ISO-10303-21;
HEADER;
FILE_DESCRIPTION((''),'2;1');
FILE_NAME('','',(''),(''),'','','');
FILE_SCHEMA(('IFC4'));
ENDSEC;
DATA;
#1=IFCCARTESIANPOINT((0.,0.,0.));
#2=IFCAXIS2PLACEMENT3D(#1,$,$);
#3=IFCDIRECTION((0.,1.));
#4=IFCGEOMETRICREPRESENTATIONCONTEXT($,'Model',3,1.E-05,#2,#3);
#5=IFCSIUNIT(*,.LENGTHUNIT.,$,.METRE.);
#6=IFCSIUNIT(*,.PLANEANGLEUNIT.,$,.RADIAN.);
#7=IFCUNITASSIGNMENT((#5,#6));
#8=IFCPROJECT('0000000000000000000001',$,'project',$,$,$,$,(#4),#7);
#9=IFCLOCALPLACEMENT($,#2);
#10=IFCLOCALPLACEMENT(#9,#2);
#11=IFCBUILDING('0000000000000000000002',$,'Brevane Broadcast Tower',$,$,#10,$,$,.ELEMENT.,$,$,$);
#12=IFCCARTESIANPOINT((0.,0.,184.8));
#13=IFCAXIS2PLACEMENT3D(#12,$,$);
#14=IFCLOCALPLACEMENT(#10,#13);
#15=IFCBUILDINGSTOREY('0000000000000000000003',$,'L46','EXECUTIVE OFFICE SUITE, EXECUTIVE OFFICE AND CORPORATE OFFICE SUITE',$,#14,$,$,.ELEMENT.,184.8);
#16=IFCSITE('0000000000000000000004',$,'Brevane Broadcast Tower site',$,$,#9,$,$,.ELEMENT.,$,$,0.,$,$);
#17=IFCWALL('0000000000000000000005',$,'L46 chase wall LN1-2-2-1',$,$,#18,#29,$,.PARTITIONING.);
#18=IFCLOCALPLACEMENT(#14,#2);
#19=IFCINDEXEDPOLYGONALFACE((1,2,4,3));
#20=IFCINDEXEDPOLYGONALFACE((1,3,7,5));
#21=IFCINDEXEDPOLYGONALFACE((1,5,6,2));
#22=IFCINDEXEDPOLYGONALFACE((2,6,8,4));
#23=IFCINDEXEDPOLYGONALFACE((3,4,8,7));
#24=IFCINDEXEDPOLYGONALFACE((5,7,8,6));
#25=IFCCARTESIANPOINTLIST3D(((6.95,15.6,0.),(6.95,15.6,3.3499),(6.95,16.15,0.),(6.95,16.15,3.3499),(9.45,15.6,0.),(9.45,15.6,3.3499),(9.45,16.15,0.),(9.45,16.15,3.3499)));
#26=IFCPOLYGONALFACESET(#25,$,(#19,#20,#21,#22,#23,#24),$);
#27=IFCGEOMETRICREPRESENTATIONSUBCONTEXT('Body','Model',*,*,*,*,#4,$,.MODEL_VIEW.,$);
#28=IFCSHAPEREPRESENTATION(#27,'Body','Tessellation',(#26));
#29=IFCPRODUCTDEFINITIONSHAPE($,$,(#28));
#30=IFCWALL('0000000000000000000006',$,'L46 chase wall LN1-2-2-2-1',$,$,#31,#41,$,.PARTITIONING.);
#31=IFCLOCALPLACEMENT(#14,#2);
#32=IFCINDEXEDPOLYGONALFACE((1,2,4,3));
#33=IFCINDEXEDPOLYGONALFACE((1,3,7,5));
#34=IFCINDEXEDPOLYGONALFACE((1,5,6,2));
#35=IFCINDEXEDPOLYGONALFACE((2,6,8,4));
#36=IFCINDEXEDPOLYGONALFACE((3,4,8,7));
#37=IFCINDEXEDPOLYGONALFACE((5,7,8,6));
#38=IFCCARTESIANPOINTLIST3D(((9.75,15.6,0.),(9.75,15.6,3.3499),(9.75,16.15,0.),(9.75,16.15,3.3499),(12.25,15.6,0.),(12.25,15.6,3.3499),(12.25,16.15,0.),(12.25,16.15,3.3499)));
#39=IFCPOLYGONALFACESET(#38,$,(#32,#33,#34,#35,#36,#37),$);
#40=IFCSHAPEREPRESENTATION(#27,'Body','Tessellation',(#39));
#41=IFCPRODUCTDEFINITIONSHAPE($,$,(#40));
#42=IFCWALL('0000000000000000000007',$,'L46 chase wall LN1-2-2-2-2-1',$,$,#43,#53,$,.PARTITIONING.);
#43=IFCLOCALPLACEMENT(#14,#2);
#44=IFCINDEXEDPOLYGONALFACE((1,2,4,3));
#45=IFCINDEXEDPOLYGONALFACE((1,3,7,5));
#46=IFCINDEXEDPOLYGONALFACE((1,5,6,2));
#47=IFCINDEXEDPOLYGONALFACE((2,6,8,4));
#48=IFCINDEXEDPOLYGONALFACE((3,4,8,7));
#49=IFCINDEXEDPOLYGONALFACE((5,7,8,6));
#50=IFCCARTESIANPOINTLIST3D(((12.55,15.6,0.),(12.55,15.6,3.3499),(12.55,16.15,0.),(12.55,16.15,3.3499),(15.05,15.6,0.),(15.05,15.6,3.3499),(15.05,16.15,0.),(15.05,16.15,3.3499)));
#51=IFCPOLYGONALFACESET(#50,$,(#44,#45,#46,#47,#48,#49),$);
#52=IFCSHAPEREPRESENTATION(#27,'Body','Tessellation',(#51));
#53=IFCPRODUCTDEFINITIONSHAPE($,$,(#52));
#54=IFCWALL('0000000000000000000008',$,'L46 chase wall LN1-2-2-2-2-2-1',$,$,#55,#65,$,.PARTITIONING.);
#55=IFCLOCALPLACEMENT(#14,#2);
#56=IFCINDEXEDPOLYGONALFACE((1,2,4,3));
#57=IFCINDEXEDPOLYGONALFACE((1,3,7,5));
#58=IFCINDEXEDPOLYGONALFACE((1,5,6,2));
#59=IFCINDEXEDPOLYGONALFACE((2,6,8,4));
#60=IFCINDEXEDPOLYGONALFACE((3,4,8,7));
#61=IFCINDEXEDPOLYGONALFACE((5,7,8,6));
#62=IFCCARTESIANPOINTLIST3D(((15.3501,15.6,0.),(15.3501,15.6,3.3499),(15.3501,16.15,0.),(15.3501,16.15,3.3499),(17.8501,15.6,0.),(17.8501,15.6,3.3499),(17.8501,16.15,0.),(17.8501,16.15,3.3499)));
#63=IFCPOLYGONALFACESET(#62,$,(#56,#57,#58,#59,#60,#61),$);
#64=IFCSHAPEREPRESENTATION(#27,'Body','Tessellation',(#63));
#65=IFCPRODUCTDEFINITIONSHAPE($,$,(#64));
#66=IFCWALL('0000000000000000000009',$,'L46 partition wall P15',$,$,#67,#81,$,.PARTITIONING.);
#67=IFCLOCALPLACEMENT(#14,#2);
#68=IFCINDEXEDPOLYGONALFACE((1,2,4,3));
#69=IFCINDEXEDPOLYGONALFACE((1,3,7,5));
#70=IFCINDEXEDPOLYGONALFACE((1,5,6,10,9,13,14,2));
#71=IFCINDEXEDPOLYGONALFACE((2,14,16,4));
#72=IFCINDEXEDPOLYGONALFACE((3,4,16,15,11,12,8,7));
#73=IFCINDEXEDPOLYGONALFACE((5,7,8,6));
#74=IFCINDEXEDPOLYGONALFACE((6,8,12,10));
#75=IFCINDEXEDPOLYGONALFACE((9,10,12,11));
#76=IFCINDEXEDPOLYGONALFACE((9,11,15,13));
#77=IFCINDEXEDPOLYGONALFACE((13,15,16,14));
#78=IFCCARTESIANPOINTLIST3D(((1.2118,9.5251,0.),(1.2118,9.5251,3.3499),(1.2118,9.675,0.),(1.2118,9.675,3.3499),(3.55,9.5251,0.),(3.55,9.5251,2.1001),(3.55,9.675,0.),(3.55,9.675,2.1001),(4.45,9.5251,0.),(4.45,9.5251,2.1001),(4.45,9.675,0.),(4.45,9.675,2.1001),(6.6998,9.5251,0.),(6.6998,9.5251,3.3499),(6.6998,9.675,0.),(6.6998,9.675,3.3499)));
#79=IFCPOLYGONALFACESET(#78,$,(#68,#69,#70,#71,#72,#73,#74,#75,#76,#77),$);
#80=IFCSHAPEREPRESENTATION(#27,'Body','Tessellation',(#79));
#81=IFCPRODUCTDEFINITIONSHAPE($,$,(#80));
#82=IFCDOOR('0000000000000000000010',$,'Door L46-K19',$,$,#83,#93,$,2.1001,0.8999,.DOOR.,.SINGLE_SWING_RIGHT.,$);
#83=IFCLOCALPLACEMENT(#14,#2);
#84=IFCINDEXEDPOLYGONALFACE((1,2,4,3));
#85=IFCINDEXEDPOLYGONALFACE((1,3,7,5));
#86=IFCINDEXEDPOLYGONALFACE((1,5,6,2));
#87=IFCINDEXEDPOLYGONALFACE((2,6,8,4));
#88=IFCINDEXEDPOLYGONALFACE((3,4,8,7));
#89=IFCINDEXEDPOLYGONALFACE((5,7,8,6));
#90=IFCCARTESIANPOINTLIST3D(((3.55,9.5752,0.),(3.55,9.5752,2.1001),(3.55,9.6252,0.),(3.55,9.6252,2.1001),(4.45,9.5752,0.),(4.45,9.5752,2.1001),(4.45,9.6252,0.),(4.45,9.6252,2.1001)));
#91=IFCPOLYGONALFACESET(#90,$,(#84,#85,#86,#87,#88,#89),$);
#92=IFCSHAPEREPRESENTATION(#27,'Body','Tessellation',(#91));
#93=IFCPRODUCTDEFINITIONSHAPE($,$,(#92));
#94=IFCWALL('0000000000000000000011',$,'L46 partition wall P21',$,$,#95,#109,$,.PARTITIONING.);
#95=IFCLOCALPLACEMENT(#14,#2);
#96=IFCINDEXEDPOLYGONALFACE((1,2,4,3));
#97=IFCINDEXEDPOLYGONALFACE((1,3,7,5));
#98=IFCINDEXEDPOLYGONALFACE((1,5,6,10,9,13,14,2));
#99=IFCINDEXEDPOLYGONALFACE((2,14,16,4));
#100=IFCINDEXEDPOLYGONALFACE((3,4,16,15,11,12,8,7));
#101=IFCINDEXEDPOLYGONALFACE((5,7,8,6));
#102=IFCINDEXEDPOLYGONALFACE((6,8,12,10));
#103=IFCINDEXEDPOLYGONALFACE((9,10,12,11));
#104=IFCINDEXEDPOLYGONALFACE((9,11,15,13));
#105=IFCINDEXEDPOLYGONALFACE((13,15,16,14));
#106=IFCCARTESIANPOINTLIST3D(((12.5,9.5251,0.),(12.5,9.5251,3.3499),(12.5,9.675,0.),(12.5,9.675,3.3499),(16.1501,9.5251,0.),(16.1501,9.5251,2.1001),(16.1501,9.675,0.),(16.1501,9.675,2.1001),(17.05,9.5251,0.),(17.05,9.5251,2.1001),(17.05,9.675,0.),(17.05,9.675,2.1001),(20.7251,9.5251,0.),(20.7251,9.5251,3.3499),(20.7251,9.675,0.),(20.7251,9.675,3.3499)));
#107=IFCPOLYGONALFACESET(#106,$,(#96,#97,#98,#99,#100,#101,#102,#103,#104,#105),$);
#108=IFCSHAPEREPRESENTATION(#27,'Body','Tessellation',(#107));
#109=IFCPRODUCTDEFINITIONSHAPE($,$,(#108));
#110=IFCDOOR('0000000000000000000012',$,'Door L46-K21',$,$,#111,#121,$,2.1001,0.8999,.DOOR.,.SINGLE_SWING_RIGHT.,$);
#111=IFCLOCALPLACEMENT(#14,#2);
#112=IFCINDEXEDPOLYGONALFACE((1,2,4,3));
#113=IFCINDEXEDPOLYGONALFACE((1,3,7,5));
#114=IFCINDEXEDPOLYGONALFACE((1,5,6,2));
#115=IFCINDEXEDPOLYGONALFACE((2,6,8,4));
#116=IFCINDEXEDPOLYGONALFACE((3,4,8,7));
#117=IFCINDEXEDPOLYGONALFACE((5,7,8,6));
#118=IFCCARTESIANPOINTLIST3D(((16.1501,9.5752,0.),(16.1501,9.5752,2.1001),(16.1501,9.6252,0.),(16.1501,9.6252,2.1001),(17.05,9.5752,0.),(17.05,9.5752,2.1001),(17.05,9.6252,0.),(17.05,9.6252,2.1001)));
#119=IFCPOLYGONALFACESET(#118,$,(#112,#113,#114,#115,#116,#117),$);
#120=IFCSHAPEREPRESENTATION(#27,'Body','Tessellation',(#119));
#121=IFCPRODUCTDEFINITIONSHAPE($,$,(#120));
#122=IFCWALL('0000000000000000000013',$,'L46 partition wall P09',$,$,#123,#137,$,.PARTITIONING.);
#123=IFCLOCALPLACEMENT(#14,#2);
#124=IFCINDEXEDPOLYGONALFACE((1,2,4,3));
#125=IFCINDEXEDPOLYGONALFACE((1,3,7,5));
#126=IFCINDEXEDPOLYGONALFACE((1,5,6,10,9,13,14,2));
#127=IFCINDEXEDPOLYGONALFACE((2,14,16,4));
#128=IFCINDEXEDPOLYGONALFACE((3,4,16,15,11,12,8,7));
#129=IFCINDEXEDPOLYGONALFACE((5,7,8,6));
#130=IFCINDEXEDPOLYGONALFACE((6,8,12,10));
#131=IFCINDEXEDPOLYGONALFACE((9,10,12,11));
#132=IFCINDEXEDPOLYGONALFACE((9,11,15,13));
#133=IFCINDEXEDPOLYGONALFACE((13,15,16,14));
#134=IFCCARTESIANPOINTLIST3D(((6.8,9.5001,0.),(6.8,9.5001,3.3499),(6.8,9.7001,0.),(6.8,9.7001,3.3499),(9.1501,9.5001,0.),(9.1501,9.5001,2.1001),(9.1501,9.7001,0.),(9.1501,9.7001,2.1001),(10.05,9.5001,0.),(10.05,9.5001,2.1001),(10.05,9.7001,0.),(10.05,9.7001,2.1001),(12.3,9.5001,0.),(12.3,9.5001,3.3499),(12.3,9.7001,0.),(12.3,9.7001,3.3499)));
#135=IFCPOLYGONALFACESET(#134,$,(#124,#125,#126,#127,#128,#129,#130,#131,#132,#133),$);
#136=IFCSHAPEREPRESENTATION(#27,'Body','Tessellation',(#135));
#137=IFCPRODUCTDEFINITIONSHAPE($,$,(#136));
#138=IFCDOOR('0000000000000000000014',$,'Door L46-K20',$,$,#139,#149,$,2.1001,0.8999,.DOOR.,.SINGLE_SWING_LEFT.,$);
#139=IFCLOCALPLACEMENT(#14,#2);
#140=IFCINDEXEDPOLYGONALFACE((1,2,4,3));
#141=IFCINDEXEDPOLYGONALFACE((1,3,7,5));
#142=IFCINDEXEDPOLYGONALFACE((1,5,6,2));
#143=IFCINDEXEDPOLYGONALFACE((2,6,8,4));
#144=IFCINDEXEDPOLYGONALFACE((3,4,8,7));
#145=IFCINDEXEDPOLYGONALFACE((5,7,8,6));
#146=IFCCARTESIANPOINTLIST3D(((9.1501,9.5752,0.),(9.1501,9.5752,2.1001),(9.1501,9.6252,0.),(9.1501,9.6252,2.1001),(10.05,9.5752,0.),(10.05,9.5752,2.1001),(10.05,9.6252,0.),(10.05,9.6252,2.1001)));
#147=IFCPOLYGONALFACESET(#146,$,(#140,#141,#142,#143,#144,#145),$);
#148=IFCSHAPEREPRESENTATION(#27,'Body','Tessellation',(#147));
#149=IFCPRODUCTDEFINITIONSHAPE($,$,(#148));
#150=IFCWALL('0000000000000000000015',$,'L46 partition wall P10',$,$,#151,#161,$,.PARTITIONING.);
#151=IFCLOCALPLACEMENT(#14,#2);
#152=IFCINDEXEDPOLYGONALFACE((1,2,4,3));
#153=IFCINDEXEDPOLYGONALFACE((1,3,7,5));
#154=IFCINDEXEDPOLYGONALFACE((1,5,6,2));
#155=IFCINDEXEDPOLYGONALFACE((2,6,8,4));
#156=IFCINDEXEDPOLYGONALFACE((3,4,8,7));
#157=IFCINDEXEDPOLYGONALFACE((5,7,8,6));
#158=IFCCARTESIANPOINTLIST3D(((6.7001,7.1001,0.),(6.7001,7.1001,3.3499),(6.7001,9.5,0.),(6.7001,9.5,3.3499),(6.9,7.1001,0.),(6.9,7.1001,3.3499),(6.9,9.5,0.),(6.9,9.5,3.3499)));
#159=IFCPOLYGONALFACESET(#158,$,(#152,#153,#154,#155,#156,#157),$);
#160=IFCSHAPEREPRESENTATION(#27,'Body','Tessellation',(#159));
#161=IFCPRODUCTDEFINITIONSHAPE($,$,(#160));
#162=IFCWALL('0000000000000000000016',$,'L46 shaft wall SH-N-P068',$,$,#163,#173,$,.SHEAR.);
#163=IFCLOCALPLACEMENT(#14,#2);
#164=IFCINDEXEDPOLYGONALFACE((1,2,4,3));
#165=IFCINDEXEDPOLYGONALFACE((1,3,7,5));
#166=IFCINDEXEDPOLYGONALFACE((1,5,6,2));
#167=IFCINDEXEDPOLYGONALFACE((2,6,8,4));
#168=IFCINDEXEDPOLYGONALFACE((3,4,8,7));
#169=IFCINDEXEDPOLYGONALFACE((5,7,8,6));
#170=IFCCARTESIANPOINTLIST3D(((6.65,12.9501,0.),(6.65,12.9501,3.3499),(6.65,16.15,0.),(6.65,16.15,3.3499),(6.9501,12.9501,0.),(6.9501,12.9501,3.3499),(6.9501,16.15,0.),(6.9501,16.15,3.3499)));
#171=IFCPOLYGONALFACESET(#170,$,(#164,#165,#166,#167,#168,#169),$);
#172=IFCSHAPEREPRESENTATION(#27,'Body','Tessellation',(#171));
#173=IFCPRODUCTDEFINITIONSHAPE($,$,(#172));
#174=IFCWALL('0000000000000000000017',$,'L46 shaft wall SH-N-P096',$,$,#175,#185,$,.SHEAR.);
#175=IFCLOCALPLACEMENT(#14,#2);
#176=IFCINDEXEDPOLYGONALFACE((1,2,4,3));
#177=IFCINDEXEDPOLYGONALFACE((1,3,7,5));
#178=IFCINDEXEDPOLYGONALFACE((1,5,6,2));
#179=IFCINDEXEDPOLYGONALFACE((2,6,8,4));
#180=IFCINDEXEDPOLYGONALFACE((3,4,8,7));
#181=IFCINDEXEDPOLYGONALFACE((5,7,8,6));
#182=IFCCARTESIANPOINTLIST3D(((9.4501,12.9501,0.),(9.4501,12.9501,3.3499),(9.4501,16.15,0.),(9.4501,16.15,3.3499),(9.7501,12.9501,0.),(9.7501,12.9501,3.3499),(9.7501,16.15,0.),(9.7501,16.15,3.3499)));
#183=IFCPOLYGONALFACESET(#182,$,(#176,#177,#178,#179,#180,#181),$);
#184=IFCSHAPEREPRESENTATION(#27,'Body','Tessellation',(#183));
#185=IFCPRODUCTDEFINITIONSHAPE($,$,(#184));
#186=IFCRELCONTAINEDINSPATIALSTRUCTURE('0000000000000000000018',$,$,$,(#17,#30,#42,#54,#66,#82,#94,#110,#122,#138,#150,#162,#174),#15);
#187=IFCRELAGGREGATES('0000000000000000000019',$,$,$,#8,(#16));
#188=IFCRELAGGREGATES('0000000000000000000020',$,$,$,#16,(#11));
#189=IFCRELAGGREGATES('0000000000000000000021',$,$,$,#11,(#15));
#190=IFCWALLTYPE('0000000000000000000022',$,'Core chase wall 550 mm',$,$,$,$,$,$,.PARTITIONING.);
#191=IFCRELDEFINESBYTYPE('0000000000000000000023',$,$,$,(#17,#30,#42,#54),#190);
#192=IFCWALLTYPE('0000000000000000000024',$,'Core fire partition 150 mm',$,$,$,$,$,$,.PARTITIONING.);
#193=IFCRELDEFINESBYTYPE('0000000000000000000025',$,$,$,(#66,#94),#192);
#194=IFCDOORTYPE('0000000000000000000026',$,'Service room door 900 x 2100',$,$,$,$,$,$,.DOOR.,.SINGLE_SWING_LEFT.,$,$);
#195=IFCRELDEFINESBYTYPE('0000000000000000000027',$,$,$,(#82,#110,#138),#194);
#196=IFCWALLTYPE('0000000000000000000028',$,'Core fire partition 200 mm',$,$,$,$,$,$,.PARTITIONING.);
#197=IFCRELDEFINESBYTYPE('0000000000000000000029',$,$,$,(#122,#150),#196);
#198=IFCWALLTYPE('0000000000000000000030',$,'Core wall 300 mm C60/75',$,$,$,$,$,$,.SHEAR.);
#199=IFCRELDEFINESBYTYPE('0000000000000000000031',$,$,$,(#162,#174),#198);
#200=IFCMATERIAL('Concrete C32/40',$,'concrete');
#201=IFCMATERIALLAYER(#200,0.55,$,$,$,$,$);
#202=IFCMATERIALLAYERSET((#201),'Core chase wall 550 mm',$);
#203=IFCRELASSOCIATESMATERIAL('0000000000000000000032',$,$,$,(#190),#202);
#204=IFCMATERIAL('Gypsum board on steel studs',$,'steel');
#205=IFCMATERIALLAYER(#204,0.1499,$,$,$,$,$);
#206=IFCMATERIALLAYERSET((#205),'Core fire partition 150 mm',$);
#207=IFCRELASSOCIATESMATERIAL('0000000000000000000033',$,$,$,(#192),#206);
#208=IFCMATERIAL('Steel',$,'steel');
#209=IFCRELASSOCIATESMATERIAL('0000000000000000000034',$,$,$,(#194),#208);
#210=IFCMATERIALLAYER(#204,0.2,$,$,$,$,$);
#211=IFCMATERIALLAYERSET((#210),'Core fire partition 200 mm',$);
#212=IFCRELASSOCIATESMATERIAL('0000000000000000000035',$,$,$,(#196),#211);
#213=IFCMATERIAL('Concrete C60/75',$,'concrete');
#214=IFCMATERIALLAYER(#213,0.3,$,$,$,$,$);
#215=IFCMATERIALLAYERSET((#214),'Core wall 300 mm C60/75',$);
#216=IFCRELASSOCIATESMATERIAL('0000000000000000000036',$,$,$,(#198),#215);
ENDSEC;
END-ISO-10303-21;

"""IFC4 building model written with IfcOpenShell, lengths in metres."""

from ifc_helpers import new_model, si_unit, direction, frame, frame_2d, origin, place, context, subcontext, project, spatial, rectangle, extrude, material, layer, layer_set, type_object, element, fill, save


model = new_model("IFC4")

# Units and contexts
model_context = context("Model", 3, precision=1e-05, world=origin(), true_north=direction((0.0, 1.0)))
body_context = subcontext(model_context, "Body", "Model", "MODEL_VIEW")
ifc_project = project(units=[si_unit("LENGTHUNIT", "METRE"), si_unit("PLANEANGLEUNIT", "RADIAN")], contexts=[model_context])

# Site, building, storey
site_placement = place(None, origin())
site = spatial("IfcSite", under=ifc_project, at=site_placement, Name="Brevane Broadcast Tower site", CompositionType="ELEMENT", RefElevation=0.0)
building_placement = place(site_placement, origin())
building = spatial("IfcBuilding", under=site, at=building_placement, Name="Brevane Broadcast Tower", CompositionType="ELEMENT")
storey_placement = place(building_placement, frame((0.0, 0.0, 184.8)))
storey = spatial("IfcBuildingStorey", under=building, at=storey_placement, Name="L46", Description="EXECUTIVE OFFICE SUITE, EXECUTIVE OFFICE AND CORPORATE OFFICE SUITE", CompositionType="ELEMENT", Elevation=184.8)

# Walls
ifc_material_1 = material(Name="Concrete C32/40", Category="concrete")
ifc_layer_1 = layer(ifc_material_1, 0.55)
ifc_layer_set_1 = layer_set([ifc_layer_1], Name="Core chase wall 550 mm")
wall_type_1 = type_object("IfcWallType", Name="Core chase wall 550 mm", PredefinedType="PARTITIONING", material=ifc_layer_set_1)
for number, where, z_axis, x_axis, name in (
    (1, (6.95, 15.875, 0.0), (0.0, 0.0, 1.0), (1.0, 0.0, 0.0), "L46 chase wall LN1-2-2-1"),
    (2, (9.75, 15.875, 0.0), (0.0, 0.0, 1.0), (1.0, 0.0, 0.0), "L46 chase wall LN1-2-2-2-1"),
    (3, (12.55, 15.875, 0.0), (0.0, 0.0, 1.0), (1.0, 0.0, 0.0), "L46 chase wall LN1-2-2-2-2-1"),
    (4, (15.3501, 15.875, 0.0), (0.0, 0.0, 1.0), (1.0, 0.0, 0.0), "L46 chase wall LN1-2-2-2-2-2-1"),
):
    element("IfcWall", number, at=place(storey_placement, frame(where, z_axis=z_axis, x_axis=x_axis)), inside=storey, type_object=wall_type_1, Name=name, PredefinedType="PARTITIONING", context=body_context, shape_type="SweptSolid", body=[
        extrude(rectangle(XDim=2.5, YDim=0.55, at=frame_2d((1.25, 0.0))), origin(), (0.0, 0.0, 1.0), 3.3499),
    ])

# Walls, openings, doors
ifc_material_2 = material(Name="Gypsum board on steel studs", Category="steel")
ifc_layer_2 = layer(ifc_material_2, 0.1499)
ifc_layer_set_2 = layer_set([ifc_layer_2], Name="Core fire partition 150 mm")
wall_type_2 = type_object("IfcWallType", Name="Core fire partition 150 mm", PredefinedType="PARTITIONING", material=ifc_layer_set_2)
wall_1_placement = place(storey_placement, frame((6.7, 9.6001, 0.0), z_axis=(0.0, 0.0, 1.0), x_axis=(-1.0, 0.0, 0.0)))
wall_1 = element("IfcWall", 5, at=wall_1_placement, inside=storey, type_object=wall_type_2, Name="L46 partition wall P15", PredefinedType="PARTITIONING", context=body_context, shape_type="SweptSolid", body=[
    extrude(rectangle(XDim=5.488, YDim=0.1499, at=frame_2d((2.7441, 0.0))), origin(), (0.0, 0.0, 1.0), 3.3499),
])
opening_1_placement = place(wall_1_placement, frame((2.25, 0.0, 0.0)))
opening_1 = element("IfcOpeningElement", 6, at=opening_1_placement, cuts=wall_1, PredefinedType="OPENING", context=body_context, shape_type="SweptSolid", body=[
    extrude(rectangle(XDim=0.8999, YDim=2.1001, at=frame_2d((0.45, 1.05))), frame((0.0, 0.085, 0.0), z_axis=(0.0, -1.0, 0.0), x_axis=(1.0, 0.0, 0.0)), (0.0, 0.0, 1.0), 0.1699),
])
ifc_material_3 = material(Name="Steel", Category="steel")
door_type_1 = type_object("IfcDoorType", Name="Service room door 900 x 2100", OperationType="SINGLE_SWING_LEFT", PredefinedType="DOOR", material=ifc_material_3)
door_1_placement = place(opening_1_placement, origin())
door_1 = element("IfcDoor", 7, at=door_1_placement, inside=storey, type_object=door_type_1, Name="Door L46-K19", OperationType="SINGLE_SWING_RIGHT", OverallHeight=2.1001, OverallWidth=0.8999, PredefinedType="DOOR", context=body_context, shape_type="SweptSolid", body=[
    extrude(rectangle(XDim=0.8999, YDim=2.1001, at=frame_2d((0.45, 1.05))), frame((0.0, 0.0249, 0.0), z_axis=(0.0, -1.0, 0.0), x_axis=(1.0, 0.0, 0.0)), (0.0, 0.0, 1.0), 0.05),
])
fill(opening_1, door_1)
wall_2_placement = place(storey_placement, frame((20.7251, 9.6001, 0.0), z_axis=(0.0, 0.0, 1.0), x_axis=(-1.0, 0.0, 0.0)))
wall_2 = element("IfcWall", 8, at=wall_2_placement, inside=storey, type_object=wall_type_2, Name="L46 partition wall P21", PredefinedType="PARTITIONING", context=body_context, shape_type="SweptSolid", body=[
    extrude(rectangle(XDim=8.2251, YDim=0.1499, at=frame_2d((4.1125, 0.0))), origin(), (0.0, 0.0, 1.0), 3.3499),
])
opening_2_placement = place(wall_2_placement, frame((3.675, 0.0, 0.0)))
opening_2 = element("IfcOpeningElement", 9, at=opening_2_placement, cuts=wall_2, PredefinedType="OPENING", context=body_context, shape_type="SweptSolid", body=[
    extrude(rectangle(XDim=0.8999, YDim=2.1001, at=frame_2d((0.45, 1.05))), frame((0.0, 0.085, 0.0), z_axis=(0.0, -1.0, 0.0), x_axis=(1.0, 0.0, 0.0)), (0.0, 0.0, 1.0), 0.1699),
])
door_2_placement = place(opening_2_placement, origin())
door_2 = element("IfcDoor", 10, at=door_2_placement, inside=storey, type_object=door_type_1, Name="Door L46-K21", OperationType="SINGLE_SWING_RIGHT", OverallHeight=2.1001, OverallWidth=0.8999, PredefinedType="DOOR", context=body_context, shape_type="SweptSolid", body=[
    extrude(rectangle(XDim=0.8999, YDim=2.1001, at=frame_2d((0.45, 1.05))), frame((0.0, 0.0249, 0.0), z_axis=(0.0, -1.0, 0.0), x_axis=(1.0, 0.0, 0.0)), (0.0, 0.0, 1.0), 0.05),
])
fill(opening_2, door_2)
ifc_layer_3 = layer(ifc_material_2, 0.2)
ifc_layer_set_3 = layer_set([ifc_layer_3], Name="Core fire partition 200 mm")
wall_type_3 = type_object("IfcWallType", Name="Core fire partition 200 mm", PredefinedType="PARTITIONING", material=ifc_layer_set_3)
wall_3_placement = place(storey_placement, frame((12.3, 9.6001, 0.0), z_axis=(0.0, 0.0, 1.0), x_axis=(-1.0, 0.0, 0.0)))
wall_3 = element("IfcWall", 11, at=wall_3_placement, inside=storey, type_object=wall_type_3, Name="L46 partition wall P09", PredefinedType="PARTITIONING", context=body_context, shape_type="SweptSolid", body=[
    extrude(rectangle(XDim=5.5, YDim=0.2, at=frame_2d((2.75, 0.0))), origin(), (0.0, 0.0, 1.0), 3.3499),
])
opening_3_placement = place(wall_3_placement, frame((2.25, 0.0, 0.0)))
opening_3 = element("IfcOpeningElement", 12, at=opening_3_placement, cuts=wall_3, PredefinedType="OPENING", context=body_context, shape_type="SweptSolid", body=[
    extrude(rectangle(XDim=0.8999, YDim=2.1001, at=frame_2d((0.45, 1.05))), frame((0.0, 0.1099, 0.0), z_axis=(0.0, -1.0, 0.0), x_axis=(1.0, 0.0, 0.0)), (0.0, 0.0, 1.0), 0.22),
])
door_3_placement = place(opening_3_placement, origin())
door_3 = element("IfcDoor", 13, at=door_3_placement, inside=storey, type_object=door_type_1, Name="Door L46-K20", OperationType="SINGLE_SWING_LEFT", OverallHeight=2.1001, OverallWidth=0.8999, PredefinedType="DOOR", context=body_context, shape_type="SweptSolid", body=[
    extrude(rectangle(XDim=0.8999, YDim=2.1001, at=frame_2d((0.45, 1.05))), frame((0.0, 0.0249, 0.0), z_axis=(0.0, -1.0, 0.0), x_axis=(1.0, 0.0, 0.0)), (0.0, 0.0, 1.0), 0.05),
])
fill(opening_3, door_3)

# Walls
wall_4_placement = place(storey_placement, frame((6.8, 9.5, 0.0), z_axis=(0.0, 0.0, 1.0), x_axis=(0.0, -1.0, 0.0)))
element("IfcWall", 14, at=wall_4_placement, inside=storey, type_object=wall_type_3, Name="L46 partition wall P10", PredefinedType="PARTITIONING", context=body_context, shape_type="SweptSolid", body=[
    extrude(rectangle(XDim=2.3999, YDim=0.2, at=frame_2d((1.2, 0.0))), origin(), (0.0, 0.0, 1.0), 3.3499),
])
ifc_material_4 = material(Name="Concrete C60/75", Category="concrete")
ifc_layer_4 = layer(ifc_material_4, 0.3)
ifc_layer_set_4 = layer_set([ifc_layer_4], Name="Core wall 300 mm C60/75")
wall_type_4 = type_object("IfcWallType", Name="Core wall 300 mm C60/75", PredefinedType="SHEAR", material=ifc_layer_set_4)
for number, where, z_axis, x_axis, name in (
    (15, (6.8, 12.95, 0.0), (0.0, 0.0, 1.0), (0.0, 1.0, 0.0), "L46 shaft wall SH-N-P068"),
    (16, (9.6001, 12.95, 0.0), (0.0, 0.0, 1.0), (0.0, 1.0, 0.0), "L46 shaft wall SH-N-P096"),
):
    element("IfcWall", number, at=place(storey_placement, frame(where, z_axis=z_axis, x_axis=x_axis)), inside=storey, type_object=wall_type_4, Name=name, PredefinedType="SHEAR", context=body_context, shape_type="SweptSolid", body=[
        extrude(rectangle(XDim=3.2, YDim=0.3, at=frame_2d((1.6001, 0.0))), origin(), (0.0, 0.0, 1.0), 3.3499),
    ])

save(model, "model.ifc")
